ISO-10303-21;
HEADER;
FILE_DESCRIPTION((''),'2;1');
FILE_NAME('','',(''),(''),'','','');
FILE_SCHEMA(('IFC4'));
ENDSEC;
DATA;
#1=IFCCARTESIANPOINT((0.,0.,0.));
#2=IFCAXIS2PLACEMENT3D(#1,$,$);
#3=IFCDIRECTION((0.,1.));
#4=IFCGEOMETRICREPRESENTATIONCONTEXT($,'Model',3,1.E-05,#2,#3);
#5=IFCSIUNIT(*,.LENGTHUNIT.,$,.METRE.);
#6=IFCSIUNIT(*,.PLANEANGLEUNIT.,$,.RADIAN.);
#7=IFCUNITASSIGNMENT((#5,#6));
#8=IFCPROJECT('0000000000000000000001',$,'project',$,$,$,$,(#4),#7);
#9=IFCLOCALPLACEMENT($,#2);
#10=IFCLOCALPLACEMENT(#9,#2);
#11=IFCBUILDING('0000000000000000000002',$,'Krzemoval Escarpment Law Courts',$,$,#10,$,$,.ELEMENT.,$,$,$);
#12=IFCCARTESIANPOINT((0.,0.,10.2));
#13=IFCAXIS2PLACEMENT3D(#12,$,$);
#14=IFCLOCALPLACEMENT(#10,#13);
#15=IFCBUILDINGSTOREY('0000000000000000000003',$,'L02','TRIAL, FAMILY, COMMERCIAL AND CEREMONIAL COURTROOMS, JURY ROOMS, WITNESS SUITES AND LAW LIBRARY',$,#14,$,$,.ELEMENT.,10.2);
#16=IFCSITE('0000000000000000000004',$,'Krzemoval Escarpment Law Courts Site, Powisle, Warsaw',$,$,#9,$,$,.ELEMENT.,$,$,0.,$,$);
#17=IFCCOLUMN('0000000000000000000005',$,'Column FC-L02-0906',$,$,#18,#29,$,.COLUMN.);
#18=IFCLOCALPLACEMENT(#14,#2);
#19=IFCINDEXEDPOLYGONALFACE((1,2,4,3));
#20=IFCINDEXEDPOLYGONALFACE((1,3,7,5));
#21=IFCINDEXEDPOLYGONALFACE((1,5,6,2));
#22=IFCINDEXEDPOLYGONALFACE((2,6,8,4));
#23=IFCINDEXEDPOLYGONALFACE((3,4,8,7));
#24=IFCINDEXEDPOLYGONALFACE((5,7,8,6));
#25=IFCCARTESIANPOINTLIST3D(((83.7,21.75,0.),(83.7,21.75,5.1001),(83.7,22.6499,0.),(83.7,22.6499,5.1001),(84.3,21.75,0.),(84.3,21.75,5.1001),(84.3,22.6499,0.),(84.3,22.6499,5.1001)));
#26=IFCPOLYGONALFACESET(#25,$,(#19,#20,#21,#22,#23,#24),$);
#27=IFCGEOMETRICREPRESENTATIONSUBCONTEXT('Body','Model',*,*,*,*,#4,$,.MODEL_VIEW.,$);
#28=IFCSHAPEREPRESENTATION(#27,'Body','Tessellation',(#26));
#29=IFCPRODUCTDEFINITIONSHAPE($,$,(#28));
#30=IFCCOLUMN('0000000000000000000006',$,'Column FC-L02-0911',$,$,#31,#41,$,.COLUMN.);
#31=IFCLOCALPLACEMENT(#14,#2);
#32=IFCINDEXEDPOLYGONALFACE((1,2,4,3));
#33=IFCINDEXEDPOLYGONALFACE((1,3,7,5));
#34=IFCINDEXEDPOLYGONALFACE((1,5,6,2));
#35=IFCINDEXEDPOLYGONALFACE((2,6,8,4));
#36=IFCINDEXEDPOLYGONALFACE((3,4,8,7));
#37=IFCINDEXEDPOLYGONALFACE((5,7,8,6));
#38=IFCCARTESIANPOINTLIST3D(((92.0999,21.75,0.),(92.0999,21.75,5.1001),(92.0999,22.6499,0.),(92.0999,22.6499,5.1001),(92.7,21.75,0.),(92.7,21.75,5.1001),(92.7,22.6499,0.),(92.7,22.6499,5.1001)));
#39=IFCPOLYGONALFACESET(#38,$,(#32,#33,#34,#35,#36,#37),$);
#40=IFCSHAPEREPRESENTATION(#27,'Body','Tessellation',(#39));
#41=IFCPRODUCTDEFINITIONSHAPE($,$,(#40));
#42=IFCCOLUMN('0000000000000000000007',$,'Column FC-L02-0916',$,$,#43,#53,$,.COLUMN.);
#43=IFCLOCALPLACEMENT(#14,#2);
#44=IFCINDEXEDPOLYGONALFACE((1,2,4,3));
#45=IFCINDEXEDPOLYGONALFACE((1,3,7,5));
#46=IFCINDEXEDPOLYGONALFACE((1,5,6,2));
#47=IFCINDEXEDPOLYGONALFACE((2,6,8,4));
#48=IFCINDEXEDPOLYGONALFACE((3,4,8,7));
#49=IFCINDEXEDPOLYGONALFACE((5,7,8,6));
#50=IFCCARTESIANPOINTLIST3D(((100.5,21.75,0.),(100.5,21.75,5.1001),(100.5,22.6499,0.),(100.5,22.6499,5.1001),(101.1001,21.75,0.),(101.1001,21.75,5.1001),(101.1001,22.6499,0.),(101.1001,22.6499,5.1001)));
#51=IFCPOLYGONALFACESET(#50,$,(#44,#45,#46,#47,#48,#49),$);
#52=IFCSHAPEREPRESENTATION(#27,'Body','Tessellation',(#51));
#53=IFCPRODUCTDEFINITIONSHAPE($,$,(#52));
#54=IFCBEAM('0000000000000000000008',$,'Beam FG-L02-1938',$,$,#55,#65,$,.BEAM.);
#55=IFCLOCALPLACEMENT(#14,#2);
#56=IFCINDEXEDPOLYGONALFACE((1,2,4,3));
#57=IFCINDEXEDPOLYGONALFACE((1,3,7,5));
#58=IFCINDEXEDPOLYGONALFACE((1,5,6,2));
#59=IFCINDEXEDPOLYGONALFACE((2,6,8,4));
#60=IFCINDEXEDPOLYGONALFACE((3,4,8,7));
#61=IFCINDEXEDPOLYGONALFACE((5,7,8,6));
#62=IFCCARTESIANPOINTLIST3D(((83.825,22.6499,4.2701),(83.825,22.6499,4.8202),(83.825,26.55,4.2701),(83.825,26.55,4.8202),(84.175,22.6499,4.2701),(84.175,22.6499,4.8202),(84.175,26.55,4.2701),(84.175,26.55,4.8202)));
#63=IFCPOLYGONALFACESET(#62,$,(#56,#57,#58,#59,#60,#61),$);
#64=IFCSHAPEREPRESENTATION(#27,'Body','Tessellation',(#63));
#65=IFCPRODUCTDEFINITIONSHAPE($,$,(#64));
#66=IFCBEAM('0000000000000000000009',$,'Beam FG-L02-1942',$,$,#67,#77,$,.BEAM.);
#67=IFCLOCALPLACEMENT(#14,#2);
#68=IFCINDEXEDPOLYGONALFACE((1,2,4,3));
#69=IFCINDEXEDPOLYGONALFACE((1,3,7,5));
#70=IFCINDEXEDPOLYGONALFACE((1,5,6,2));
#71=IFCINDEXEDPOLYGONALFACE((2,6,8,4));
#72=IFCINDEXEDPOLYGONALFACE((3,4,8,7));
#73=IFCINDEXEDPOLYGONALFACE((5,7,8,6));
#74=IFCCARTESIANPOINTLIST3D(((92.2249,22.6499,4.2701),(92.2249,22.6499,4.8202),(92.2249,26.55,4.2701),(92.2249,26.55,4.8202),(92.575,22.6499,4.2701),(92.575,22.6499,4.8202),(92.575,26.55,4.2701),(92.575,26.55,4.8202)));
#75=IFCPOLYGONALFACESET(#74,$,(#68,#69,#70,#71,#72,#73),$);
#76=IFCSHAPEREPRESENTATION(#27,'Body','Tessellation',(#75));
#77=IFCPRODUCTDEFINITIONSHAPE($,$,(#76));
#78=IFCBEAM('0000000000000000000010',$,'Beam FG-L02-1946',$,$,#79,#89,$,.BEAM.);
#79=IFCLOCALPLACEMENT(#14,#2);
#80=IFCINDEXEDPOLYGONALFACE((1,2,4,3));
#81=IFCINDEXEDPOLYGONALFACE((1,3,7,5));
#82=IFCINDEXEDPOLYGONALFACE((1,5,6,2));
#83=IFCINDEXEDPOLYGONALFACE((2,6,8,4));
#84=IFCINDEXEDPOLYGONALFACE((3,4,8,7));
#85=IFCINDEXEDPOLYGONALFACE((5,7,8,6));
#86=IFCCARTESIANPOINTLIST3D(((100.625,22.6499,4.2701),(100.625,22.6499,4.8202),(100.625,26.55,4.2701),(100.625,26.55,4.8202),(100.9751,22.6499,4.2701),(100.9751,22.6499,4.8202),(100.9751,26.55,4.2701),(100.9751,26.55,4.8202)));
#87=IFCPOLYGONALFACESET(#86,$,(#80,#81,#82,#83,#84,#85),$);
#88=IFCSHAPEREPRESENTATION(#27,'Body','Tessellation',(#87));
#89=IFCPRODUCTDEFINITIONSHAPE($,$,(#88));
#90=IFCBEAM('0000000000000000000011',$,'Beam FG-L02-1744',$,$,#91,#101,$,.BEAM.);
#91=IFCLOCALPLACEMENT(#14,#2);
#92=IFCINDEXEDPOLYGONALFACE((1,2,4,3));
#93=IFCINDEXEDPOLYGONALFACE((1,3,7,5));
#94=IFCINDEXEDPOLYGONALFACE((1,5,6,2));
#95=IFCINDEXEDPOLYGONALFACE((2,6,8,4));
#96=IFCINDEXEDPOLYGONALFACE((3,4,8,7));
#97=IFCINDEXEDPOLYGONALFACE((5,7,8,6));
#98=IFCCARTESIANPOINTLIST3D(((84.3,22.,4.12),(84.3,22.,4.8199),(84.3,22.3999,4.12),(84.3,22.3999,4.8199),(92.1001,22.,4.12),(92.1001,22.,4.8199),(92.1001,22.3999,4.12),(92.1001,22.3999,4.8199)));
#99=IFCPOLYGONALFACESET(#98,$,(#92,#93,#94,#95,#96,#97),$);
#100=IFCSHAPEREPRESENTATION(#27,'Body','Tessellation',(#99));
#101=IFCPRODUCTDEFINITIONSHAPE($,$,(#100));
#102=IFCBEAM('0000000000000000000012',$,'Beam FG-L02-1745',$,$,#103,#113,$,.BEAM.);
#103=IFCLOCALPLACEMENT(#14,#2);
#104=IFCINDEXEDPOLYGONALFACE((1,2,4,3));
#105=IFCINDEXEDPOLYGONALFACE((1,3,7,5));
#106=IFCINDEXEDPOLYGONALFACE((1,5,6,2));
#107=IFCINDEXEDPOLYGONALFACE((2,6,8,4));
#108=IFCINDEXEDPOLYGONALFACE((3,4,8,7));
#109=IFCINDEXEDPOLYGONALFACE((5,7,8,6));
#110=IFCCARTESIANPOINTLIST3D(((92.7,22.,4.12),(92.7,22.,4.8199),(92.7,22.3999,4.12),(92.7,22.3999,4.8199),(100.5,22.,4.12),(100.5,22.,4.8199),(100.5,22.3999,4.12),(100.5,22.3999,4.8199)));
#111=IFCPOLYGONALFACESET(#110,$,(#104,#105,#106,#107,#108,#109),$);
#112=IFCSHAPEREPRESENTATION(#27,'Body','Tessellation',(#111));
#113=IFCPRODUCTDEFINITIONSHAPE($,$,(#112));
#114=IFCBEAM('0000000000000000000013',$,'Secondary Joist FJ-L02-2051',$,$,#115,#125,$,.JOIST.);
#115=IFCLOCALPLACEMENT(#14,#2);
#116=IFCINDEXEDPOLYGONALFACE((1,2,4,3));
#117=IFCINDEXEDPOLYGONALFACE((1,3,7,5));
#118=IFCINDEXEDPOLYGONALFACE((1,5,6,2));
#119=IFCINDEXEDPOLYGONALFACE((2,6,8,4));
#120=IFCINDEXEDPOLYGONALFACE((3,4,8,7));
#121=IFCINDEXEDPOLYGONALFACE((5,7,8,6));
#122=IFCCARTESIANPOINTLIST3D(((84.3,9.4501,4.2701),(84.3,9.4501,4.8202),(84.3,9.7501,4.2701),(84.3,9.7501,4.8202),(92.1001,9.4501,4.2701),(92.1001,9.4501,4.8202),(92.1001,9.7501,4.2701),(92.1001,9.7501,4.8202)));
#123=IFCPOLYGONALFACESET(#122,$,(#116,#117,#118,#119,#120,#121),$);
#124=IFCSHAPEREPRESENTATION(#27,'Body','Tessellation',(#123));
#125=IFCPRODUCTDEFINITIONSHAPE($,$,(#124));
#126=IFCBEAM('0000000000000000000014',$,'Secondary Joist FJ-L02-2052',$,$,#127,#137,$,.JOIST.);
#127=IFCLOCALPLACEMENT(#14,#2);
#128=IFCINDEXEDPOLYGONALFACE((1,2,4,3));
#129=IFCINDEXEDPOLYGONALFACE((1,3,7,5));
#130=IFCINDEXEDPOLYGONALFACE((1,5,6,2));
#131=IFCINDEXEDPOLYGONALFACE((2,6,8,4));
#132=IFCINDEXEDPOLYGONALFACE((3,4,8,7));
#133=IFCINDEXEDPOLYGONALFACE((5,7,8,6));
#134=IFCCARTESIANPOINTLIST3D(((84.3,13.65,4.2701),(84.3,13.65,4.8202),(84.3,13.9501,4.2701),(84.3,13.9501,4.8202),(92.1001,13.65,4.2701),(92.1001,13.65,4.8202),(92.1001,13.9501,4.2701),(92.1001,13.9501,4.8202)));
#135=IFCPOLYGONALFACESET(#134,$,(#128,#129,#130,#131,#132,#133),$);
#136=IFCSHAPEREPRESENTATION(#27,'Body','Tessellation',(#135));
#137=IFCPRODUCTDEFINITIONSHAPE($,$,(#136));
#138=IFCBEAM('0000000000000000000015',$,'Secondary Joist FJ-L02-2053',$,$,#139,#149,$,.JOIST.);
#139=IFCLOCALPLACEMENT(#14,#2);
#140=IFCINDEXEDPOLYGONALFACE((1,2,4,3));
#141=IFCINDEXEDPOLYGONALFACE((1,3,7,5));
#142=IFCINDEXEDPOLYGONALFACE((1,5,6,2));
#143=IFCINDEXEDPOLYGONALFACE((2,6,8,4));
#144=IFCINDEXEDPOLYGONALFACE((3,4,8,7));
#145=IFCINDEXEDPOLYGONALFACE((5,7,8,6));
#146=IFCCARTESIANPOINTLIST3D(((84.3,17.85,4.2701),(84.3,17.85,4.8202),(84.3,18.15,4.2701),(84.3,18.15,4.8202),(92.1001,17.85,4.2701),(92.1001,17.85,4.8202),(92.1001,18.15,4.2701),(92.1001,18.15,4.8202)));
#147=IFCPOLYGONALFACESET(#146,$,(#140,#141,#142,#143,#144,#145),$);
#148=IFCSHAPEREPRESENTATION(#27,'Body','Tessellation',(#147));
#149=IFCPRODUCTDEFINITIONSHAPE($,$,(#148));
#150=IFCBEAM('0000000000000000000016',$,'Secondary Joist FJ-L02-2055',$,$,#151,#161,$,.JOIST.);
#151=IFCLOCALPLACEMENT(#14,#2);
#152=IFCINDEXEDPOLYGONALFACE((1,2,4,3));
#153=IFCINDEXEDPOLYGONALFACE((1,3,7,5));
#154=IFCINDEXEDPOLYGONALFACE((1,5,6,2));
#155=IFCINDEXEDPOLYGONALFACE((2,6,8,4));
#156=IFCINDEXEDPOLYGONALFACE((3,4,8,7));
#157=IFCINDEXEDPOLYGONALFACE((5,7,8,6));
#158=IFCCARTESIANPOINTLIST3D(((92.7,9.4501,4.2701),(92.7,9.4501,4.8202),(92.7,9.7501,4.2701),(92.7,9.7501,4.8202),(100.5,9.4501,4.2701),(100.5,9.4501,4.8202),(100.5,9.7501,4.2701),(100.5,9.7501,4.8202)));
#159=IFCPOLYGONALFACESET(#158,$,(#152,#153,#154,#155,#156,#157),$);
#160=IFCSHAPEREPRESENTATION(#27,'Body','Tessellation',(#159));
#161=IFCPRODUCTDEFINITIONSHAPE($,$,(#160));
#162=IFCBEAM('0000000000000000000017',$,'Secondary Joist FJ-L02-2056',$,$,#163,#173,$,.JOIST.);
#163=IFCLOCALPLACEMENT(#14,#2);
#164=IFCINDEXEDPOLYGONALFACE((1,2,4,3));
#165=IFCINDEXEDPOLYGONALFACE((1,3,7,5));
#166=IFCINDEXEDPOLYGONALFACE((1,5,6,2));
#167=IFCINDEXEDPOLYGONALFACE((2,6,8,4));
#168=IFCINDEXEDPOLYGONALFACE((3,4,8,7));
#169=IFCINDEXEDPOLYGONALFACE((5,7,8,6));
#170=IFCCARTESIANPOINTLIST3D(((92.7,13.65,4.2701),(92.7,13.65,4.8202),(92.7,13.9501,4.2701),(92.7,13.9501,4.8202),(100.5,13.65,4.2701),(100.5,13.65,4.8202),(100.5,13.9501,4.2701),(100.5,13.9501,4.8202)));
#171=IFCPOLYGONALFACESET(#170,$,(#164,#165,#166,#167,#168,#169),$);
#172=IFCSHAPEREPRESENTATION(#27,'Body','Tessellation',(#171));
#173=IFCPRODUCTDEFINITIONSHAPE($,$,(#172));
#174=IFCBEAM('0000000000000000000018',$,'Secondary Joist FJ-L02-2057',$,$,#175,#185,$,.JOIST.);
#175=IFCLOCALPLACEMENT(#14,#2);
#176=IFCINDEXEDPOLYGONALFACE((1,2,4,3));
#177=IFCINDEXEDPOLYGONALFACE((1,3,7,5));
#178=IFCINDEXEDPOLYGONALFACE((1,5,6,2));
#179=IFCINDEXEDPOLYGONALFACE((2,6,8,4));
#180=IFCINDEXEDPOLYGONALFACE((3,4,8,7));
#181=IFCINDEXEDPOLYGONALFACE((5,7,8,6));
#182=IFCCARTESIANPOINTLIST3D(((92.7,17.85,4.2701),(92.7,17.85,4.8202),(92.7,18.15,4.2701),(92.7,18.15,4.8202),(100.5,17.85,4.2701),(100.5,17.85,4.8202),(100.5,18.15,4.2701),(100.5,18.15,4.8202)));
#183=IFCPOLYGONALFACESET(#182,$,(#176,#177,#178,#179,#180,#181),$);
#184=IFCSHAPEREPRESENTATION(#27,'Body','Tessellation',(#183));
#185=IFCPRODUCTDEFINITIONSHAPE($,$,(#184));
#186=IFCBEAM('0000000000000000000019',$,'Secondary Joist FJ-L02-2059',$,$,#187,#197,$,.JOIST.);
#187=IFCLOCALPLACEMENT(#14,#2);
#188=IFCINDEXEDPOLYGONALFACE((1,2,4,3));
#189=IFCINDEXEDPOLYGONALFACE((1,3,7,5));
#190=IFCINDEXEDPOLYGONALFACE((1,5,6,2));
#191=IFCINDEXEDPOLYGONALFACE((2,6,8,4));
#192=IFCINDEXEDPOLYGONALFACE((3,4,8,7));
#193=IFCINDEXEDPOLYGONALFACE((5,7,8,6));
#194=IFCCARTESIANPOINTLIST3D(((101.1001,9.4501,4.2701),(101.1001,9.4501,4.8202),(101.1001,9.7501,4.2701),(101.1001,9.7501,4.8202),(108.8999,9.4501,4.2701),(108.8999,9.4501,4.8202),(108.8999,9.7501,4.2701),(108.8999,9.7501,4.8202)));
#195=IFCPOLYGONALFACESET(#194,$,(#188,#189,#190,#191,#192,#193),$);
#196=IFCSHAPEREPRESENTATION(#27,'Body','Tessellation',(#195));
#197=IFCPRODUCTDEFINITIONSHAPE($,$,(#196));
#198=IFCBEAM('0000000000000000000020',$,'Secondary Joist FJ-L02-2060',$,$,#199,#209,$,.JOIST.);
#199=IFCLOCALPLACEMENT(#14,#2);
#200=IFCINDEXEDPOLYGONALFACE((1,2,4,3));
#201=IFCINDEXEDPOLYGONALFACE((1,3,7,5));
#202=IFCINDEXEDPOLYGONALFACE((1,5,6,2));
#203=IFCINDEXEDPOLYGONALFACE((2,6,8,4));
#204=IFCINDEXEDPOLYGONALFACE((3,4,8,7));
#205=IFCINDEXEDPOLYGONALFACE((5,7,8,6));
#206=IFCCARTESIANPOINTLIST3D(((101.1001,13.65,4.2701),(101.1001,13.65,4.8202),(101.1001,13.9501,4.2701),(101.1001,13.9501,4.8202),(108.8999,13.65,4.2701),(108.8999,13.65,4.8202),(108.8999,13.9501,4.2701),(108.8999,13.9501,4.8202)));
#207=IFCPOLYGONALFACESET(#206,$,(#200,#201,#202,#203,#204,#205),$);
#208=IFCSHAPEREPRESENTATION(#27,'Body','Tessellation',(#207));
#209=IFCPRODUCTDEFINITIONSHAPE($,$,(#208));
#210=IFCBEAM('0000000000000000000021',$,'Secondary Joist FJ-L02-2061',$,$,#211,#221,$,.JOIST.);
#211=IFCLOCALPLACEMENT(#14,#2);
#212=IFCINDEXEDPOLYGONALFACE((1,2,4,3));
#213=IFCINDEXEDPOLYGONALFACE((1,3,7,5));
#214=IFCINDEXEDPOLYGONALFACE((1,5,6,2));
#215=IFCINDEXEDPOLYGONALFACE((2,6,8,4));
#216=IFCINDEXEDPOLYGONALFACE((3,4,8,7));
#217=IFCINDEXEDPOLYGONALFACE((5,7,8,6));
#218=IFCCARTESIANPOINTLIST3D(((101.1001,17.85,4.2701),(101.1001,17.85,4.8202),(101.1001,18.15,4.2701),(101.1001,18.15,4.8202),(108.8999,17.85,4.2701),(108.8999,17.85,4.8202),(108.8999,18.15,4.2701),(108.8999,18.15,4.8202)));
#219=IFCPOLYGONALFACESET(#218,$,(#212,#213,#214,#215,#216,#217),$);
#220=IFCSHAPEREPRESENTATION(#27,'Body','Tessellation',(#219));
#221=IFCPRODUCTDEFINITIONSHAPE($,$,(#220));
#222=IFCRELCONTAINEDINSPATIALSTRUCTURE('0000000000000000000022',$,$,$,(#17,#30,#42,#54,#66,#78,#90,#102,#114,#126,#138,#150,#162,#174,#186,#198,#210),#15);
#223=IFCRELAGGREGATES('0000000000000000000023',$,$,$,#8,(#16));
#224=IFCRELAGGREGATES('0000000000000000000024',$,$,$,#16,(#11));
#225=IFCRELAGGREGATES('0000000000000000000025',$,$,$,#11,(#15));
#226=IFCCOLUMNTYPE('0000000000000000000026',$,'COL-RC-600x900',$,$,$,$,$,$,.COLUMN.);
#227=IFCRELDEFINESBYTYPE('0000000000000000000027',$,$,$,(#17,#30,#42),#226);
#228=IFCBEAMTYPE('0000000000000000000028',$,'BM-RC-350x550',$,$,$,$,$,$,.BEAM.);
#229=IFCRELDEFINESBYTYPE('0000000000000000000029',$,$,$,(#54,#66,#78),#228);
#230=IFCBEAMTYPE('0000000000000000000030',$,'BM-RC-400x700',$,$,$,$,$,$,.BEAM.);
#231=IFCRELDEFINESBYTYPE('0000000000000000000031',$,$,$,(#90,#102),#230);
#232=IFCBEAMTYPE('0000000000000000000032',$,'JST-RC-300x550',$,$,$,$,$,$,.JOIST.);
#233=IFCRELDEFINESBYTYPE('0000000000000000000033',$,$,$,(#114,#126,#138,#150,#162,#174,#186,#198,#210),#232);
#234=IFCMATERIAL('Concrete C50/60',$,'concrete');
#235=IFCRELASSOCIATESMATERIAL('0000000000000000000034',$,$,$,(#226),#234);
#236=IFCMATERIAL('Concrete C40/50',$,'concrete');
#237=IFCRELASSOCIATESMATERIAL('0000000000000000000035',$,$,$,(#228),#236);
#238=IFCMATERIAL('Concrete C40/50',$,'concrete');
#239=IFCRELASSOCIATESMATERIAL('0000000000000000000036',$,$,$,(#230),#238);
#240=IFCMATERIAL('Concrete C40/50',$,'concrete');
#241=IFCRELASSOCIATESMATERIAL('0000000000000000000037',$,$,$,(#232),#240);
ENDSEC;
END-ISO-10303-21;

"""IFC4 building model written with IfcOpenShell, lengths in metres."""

from ifc_helpers import new_model, si_unit, direction, frame, origin, origin_2d, place, context, subcontext, project, spatial, rectangle, extrude, material, material_profile, profile_set, type_object, element, save


model = new_model("IFC4")

# Units and contexts
model_context = context("Model", 3, precision=1e-05, world=origin(), true_north=direction((0.0, 1.0)))
body_context = subcontext(model_context, "Body", "Model", "MODEL_VIEW")
ifc_project = project(units=[si_unit("LENGTHUNIT", "METRE"), si_unit("PLANEANGLEUNIT", "RADIAN")], contexts=[model_context])

# Site, building, storey
site_placement = place(None, origin())
site = spatial("IfcSite", under=ifc_project, at=site_placement, Name="Krzemoval Escarpment Law Courts Site, Powisle, Warsaw", CompositionType="ELEMENT", RefElevation=0.0)
building_placement = place(site_placement, origin())
building = spatial("IfcBuilding", under=site, at=building_placement, Name="Krzemoval Escarpment Law Courts", CompositionType="ELEMENT")
storey_placement = place(building_placement, frame((0.0, 0.0, 10.2)))
storey = spatial("IfcBuildingStorey", under=building, at=storey_placement, Name="L02", Description="TRIAL, FAMILY, COMMERCIAL AND CEREMONIAL COURTROOMS, JURY ROOMS, WITNESS SUITES AND LAW LIBRARY", CompositionType="ELEMENT", Elevation=10.2)

# Columns
ifc_material_1 = material(Name="Concrete C50/60", Category="concrete")
ifc_material_profile_1 = material_profile(ifc_material_1, rectangle(XDim=0.6001, YDim=0.8999, at=origin_2d()), Name="RC 600x900")
ifc_profile_set_1 = profile_set([ifc_material_profile_1], Name="Concrete C50/60")
column_type = type_object("IfcColumnType", Name="COL-RC-600x900", PredefinedType="COLUMN", material=ifc_profile_set_1)
for number, where, z_axis, x_axis, name in (
    (1, (84.0, 22.2, 0.0), (0.0, 0.0, 1.0), (1.0, 0.0, 0.0), "Column FC-L02-0906"),
    (2, (92.3999, 22.2, 0.0), (0.0, 0.0, 1.0), (1.0, 0.0, 0.0), "Column FC-L02-0911"),
    (3, (100.8, 22.2, 0.0), (0.0, 0.0, 1.0), (1.0, 0.0, 0.0), "Column FC-L02-0916"),
):
    element("IfcColumn", number, at=place(storey_placement, frame(where, z_axis=z_axis, x_axis=x_axis)), inside=storey, type_object=column_type, Name=name, PredefinedType="COLUMN", context=body_context, shape_type="SweptSolid", body=[
        extrude(rectangle(XDim=0.6001, YDim=0.8999, at=origin_2d()), origin(), (0.0, 0.0, 1.0), 5.1001),
    ])

# Beams
ifc_material_2 = material(Name="Concrete C40/50", Category="concrete")
ifc_material_profile_2 = material_profile(ifc_material_2, rectangle(XDim=0.3501, YDim=0.55, at=origin_2d()), Name="RCB 350x550")
ifc_profile_set_2 = profile_set([ifc_material_profile_2], Name="Concrete C40/50")
beam_type_1 = type_object("IfcBeamType", Name="BM-RC-350x550", PredefinedType="BEAM", material=ifc_profile_set_2)
for number, where, z_axis, x_axis, name in (
    (4, (84.0, 22.6499, 4.5452), (0.0, 1.0, 0.0), (-1.0, 0.0, 0.0), "Beam FG-L02-1938"),
    (5, (92.3999, 22.6499, 4.5452), (0.0, 1.0, 0.0), (-1.0, 0.0, 0.0), "Beam FG-L02-1942"),
    (6, (100.8, 22.6499, 4.5452), (0.0, 1.0, 0.0), (-1.0, 0.0, 0.0), "Beam FG-L02-1946"),
):
    element("IfcBeam", number, at=place(storey_placement, frame(where, z_axis=z_axis, x_axis=x_axis)), inside=storey, type_object=beam_type_1, Name=name, PredefinedType="BEAM", context=body_context, shape_type="SweptSolid", body=[
        extrude(rectangle(XDim=0.3501, YDim=0.55, at=origin_2d()), origin(), (0.0, 0.0, 1.0), 3.9001),
    ])
ifc_material_3 = material(Name="Concrete C40/50", Category="concrete")
ifc_material_profile_3 = material_profile(ifc_material_3, rectangle(XDim=0.3999, YDim=0.7, at=origin_2d()), Name="RCB 400x700")
ifc_profile_set_3 = profile_set([ifc_material_profile_3], Name="Concrete C40/50")
beam_type_2 = type_object("IfcBeamType", Name="BM-RC-400x700", PredefinedType="BEAM", material=ifc_profile_set_3)
for number, where, z_axis, x_axis, name in (
    (7, (84.3, 22.2, 4.47), (1.0, 0.0, 0.0), (0.0, 1.0, 0.0), "Beam FG-L02-1744"),
    (8, (92.7, 22.2, 4.47), (1.0, 0.0, 0.0), (0.0, 1.0, 0.0), "Beam FG-L02-1745"),
):
    element("IfcBeam", number, at=place(storey_placement, frame(where, z_axis=z_axis, x_axis=x_axis)), inside=storey, type_object=beam_type_2, Name=name, PredefinedType="BEAM", context=body_context, shape_type="SweptSolid", body=[
        extrude(rectangle(XDim=0.3999, YDim=0.7, at=origin_2d()), origin(), (0.0, 0.0, 1.0), 7.8),
    ])
ifc_material_4 = material(Name="Concrete C40/50", Category="concrete")
ifc_material_profile_4 = material_profile(ifc_material_4, rectangle(XDim=0.3, YDim=0.55, at=origin_2d()), Name="RCB 300x550")
ifc_profile_set_4 = profile_set([ifc_material_profile_4], Name="Concrete C40/50")
beam_type_3 = type_object("IfcBeamType", Name="JST-RC-300x550", PredefinedType="JOIST", material=ifc_profile_set_4)
for number, where, z_axis, x_axis, name in (
    (9, (84.3, 9.6001, 4.5452), (1.0, 0.0, 0.0), (0.0, 1.0, 0.0), "Secondary Joist FJ-L02-2051"),
    (10, (84.3, 13.8, 4.5452), (1.0, 0.0, 0.0), (0.0, 1.0, 0.0), "Secondary Joist FJ-L02-2052"),
    (11, (84.3, 18.0, 4.5452), (1.0, 0.0, 0.0), (0.0, 1.0, 0.0), "Secondary Joist FJ-L02-2053"),
    (12, (92.7, 9.6001, 4.5452), (1.0, 0.0, 0.0), (0.0, 1.0, 0.0), "Secondary Joist FJ-L02-2055"),
    (13, (92.7, 13.8, 4.5452), (1.0, 0.0, 0.0), (0.0, 1.0, 0.0), "Secondary Joist FJ-L02-2056"),
    (14, (92.7, 18.0, 4.5452), (1.0, 0.0, 0.0), (0.0, 1.0, 0.0), "Secondary Joist FJ-L02-2057"),
):
    element("IfcBeam", number, at=place(storey_placement, frame(where, z_axis=z_axis, x_axis=x_axis)), inside=storey, type_object=beam_type_3, Name=name, PredefinedType="JOIST", context=body_context, shape_type="SweptSolid", body=[
        extrude(rectangle(XDim=0.3, YDim=0.55, at=origin_2d()), origin(), (0.0, 0.0, 1.0), 7.8),
    ])
for number, where, z_axis, x_axis, name in (
    (15, (101.1001, 9.6001, 4.5452), (1.0, 0.0, 0.0), (0.0, 1.0, 0.0), "Secondary Joist FJ-L02-2059"),
    (16, (101.1001, 13.8, 4.5452), (1.0, 0.0, 0.0), (0.0, 1.0, 0.0), "Secondary Joist FJ-L02-2060"),
    (17, (101.1001, 18.0, 4.5452), (1.0, 0.0, 0.0), (0.0, 1.0, 0.0), "Secondary Joist FJ-L02-2061"),
):
    element("IfcBeam", number, at=place(storey_placement, frame(where, z_axis=z_axis, x_axis=x_axis)), inside=storey, type_object=beam_type_3, Name=name, PredefinedType="JOIST", context=body_context, shape_type="SweptSolid", body=[
        extrude(rectangle(XDim=0.3, YDim=0.55, at=origin_2d()), origin(), (0.0, 0.0, 1.0), 7.7998),
    ])

save(model, "model.ifc")
